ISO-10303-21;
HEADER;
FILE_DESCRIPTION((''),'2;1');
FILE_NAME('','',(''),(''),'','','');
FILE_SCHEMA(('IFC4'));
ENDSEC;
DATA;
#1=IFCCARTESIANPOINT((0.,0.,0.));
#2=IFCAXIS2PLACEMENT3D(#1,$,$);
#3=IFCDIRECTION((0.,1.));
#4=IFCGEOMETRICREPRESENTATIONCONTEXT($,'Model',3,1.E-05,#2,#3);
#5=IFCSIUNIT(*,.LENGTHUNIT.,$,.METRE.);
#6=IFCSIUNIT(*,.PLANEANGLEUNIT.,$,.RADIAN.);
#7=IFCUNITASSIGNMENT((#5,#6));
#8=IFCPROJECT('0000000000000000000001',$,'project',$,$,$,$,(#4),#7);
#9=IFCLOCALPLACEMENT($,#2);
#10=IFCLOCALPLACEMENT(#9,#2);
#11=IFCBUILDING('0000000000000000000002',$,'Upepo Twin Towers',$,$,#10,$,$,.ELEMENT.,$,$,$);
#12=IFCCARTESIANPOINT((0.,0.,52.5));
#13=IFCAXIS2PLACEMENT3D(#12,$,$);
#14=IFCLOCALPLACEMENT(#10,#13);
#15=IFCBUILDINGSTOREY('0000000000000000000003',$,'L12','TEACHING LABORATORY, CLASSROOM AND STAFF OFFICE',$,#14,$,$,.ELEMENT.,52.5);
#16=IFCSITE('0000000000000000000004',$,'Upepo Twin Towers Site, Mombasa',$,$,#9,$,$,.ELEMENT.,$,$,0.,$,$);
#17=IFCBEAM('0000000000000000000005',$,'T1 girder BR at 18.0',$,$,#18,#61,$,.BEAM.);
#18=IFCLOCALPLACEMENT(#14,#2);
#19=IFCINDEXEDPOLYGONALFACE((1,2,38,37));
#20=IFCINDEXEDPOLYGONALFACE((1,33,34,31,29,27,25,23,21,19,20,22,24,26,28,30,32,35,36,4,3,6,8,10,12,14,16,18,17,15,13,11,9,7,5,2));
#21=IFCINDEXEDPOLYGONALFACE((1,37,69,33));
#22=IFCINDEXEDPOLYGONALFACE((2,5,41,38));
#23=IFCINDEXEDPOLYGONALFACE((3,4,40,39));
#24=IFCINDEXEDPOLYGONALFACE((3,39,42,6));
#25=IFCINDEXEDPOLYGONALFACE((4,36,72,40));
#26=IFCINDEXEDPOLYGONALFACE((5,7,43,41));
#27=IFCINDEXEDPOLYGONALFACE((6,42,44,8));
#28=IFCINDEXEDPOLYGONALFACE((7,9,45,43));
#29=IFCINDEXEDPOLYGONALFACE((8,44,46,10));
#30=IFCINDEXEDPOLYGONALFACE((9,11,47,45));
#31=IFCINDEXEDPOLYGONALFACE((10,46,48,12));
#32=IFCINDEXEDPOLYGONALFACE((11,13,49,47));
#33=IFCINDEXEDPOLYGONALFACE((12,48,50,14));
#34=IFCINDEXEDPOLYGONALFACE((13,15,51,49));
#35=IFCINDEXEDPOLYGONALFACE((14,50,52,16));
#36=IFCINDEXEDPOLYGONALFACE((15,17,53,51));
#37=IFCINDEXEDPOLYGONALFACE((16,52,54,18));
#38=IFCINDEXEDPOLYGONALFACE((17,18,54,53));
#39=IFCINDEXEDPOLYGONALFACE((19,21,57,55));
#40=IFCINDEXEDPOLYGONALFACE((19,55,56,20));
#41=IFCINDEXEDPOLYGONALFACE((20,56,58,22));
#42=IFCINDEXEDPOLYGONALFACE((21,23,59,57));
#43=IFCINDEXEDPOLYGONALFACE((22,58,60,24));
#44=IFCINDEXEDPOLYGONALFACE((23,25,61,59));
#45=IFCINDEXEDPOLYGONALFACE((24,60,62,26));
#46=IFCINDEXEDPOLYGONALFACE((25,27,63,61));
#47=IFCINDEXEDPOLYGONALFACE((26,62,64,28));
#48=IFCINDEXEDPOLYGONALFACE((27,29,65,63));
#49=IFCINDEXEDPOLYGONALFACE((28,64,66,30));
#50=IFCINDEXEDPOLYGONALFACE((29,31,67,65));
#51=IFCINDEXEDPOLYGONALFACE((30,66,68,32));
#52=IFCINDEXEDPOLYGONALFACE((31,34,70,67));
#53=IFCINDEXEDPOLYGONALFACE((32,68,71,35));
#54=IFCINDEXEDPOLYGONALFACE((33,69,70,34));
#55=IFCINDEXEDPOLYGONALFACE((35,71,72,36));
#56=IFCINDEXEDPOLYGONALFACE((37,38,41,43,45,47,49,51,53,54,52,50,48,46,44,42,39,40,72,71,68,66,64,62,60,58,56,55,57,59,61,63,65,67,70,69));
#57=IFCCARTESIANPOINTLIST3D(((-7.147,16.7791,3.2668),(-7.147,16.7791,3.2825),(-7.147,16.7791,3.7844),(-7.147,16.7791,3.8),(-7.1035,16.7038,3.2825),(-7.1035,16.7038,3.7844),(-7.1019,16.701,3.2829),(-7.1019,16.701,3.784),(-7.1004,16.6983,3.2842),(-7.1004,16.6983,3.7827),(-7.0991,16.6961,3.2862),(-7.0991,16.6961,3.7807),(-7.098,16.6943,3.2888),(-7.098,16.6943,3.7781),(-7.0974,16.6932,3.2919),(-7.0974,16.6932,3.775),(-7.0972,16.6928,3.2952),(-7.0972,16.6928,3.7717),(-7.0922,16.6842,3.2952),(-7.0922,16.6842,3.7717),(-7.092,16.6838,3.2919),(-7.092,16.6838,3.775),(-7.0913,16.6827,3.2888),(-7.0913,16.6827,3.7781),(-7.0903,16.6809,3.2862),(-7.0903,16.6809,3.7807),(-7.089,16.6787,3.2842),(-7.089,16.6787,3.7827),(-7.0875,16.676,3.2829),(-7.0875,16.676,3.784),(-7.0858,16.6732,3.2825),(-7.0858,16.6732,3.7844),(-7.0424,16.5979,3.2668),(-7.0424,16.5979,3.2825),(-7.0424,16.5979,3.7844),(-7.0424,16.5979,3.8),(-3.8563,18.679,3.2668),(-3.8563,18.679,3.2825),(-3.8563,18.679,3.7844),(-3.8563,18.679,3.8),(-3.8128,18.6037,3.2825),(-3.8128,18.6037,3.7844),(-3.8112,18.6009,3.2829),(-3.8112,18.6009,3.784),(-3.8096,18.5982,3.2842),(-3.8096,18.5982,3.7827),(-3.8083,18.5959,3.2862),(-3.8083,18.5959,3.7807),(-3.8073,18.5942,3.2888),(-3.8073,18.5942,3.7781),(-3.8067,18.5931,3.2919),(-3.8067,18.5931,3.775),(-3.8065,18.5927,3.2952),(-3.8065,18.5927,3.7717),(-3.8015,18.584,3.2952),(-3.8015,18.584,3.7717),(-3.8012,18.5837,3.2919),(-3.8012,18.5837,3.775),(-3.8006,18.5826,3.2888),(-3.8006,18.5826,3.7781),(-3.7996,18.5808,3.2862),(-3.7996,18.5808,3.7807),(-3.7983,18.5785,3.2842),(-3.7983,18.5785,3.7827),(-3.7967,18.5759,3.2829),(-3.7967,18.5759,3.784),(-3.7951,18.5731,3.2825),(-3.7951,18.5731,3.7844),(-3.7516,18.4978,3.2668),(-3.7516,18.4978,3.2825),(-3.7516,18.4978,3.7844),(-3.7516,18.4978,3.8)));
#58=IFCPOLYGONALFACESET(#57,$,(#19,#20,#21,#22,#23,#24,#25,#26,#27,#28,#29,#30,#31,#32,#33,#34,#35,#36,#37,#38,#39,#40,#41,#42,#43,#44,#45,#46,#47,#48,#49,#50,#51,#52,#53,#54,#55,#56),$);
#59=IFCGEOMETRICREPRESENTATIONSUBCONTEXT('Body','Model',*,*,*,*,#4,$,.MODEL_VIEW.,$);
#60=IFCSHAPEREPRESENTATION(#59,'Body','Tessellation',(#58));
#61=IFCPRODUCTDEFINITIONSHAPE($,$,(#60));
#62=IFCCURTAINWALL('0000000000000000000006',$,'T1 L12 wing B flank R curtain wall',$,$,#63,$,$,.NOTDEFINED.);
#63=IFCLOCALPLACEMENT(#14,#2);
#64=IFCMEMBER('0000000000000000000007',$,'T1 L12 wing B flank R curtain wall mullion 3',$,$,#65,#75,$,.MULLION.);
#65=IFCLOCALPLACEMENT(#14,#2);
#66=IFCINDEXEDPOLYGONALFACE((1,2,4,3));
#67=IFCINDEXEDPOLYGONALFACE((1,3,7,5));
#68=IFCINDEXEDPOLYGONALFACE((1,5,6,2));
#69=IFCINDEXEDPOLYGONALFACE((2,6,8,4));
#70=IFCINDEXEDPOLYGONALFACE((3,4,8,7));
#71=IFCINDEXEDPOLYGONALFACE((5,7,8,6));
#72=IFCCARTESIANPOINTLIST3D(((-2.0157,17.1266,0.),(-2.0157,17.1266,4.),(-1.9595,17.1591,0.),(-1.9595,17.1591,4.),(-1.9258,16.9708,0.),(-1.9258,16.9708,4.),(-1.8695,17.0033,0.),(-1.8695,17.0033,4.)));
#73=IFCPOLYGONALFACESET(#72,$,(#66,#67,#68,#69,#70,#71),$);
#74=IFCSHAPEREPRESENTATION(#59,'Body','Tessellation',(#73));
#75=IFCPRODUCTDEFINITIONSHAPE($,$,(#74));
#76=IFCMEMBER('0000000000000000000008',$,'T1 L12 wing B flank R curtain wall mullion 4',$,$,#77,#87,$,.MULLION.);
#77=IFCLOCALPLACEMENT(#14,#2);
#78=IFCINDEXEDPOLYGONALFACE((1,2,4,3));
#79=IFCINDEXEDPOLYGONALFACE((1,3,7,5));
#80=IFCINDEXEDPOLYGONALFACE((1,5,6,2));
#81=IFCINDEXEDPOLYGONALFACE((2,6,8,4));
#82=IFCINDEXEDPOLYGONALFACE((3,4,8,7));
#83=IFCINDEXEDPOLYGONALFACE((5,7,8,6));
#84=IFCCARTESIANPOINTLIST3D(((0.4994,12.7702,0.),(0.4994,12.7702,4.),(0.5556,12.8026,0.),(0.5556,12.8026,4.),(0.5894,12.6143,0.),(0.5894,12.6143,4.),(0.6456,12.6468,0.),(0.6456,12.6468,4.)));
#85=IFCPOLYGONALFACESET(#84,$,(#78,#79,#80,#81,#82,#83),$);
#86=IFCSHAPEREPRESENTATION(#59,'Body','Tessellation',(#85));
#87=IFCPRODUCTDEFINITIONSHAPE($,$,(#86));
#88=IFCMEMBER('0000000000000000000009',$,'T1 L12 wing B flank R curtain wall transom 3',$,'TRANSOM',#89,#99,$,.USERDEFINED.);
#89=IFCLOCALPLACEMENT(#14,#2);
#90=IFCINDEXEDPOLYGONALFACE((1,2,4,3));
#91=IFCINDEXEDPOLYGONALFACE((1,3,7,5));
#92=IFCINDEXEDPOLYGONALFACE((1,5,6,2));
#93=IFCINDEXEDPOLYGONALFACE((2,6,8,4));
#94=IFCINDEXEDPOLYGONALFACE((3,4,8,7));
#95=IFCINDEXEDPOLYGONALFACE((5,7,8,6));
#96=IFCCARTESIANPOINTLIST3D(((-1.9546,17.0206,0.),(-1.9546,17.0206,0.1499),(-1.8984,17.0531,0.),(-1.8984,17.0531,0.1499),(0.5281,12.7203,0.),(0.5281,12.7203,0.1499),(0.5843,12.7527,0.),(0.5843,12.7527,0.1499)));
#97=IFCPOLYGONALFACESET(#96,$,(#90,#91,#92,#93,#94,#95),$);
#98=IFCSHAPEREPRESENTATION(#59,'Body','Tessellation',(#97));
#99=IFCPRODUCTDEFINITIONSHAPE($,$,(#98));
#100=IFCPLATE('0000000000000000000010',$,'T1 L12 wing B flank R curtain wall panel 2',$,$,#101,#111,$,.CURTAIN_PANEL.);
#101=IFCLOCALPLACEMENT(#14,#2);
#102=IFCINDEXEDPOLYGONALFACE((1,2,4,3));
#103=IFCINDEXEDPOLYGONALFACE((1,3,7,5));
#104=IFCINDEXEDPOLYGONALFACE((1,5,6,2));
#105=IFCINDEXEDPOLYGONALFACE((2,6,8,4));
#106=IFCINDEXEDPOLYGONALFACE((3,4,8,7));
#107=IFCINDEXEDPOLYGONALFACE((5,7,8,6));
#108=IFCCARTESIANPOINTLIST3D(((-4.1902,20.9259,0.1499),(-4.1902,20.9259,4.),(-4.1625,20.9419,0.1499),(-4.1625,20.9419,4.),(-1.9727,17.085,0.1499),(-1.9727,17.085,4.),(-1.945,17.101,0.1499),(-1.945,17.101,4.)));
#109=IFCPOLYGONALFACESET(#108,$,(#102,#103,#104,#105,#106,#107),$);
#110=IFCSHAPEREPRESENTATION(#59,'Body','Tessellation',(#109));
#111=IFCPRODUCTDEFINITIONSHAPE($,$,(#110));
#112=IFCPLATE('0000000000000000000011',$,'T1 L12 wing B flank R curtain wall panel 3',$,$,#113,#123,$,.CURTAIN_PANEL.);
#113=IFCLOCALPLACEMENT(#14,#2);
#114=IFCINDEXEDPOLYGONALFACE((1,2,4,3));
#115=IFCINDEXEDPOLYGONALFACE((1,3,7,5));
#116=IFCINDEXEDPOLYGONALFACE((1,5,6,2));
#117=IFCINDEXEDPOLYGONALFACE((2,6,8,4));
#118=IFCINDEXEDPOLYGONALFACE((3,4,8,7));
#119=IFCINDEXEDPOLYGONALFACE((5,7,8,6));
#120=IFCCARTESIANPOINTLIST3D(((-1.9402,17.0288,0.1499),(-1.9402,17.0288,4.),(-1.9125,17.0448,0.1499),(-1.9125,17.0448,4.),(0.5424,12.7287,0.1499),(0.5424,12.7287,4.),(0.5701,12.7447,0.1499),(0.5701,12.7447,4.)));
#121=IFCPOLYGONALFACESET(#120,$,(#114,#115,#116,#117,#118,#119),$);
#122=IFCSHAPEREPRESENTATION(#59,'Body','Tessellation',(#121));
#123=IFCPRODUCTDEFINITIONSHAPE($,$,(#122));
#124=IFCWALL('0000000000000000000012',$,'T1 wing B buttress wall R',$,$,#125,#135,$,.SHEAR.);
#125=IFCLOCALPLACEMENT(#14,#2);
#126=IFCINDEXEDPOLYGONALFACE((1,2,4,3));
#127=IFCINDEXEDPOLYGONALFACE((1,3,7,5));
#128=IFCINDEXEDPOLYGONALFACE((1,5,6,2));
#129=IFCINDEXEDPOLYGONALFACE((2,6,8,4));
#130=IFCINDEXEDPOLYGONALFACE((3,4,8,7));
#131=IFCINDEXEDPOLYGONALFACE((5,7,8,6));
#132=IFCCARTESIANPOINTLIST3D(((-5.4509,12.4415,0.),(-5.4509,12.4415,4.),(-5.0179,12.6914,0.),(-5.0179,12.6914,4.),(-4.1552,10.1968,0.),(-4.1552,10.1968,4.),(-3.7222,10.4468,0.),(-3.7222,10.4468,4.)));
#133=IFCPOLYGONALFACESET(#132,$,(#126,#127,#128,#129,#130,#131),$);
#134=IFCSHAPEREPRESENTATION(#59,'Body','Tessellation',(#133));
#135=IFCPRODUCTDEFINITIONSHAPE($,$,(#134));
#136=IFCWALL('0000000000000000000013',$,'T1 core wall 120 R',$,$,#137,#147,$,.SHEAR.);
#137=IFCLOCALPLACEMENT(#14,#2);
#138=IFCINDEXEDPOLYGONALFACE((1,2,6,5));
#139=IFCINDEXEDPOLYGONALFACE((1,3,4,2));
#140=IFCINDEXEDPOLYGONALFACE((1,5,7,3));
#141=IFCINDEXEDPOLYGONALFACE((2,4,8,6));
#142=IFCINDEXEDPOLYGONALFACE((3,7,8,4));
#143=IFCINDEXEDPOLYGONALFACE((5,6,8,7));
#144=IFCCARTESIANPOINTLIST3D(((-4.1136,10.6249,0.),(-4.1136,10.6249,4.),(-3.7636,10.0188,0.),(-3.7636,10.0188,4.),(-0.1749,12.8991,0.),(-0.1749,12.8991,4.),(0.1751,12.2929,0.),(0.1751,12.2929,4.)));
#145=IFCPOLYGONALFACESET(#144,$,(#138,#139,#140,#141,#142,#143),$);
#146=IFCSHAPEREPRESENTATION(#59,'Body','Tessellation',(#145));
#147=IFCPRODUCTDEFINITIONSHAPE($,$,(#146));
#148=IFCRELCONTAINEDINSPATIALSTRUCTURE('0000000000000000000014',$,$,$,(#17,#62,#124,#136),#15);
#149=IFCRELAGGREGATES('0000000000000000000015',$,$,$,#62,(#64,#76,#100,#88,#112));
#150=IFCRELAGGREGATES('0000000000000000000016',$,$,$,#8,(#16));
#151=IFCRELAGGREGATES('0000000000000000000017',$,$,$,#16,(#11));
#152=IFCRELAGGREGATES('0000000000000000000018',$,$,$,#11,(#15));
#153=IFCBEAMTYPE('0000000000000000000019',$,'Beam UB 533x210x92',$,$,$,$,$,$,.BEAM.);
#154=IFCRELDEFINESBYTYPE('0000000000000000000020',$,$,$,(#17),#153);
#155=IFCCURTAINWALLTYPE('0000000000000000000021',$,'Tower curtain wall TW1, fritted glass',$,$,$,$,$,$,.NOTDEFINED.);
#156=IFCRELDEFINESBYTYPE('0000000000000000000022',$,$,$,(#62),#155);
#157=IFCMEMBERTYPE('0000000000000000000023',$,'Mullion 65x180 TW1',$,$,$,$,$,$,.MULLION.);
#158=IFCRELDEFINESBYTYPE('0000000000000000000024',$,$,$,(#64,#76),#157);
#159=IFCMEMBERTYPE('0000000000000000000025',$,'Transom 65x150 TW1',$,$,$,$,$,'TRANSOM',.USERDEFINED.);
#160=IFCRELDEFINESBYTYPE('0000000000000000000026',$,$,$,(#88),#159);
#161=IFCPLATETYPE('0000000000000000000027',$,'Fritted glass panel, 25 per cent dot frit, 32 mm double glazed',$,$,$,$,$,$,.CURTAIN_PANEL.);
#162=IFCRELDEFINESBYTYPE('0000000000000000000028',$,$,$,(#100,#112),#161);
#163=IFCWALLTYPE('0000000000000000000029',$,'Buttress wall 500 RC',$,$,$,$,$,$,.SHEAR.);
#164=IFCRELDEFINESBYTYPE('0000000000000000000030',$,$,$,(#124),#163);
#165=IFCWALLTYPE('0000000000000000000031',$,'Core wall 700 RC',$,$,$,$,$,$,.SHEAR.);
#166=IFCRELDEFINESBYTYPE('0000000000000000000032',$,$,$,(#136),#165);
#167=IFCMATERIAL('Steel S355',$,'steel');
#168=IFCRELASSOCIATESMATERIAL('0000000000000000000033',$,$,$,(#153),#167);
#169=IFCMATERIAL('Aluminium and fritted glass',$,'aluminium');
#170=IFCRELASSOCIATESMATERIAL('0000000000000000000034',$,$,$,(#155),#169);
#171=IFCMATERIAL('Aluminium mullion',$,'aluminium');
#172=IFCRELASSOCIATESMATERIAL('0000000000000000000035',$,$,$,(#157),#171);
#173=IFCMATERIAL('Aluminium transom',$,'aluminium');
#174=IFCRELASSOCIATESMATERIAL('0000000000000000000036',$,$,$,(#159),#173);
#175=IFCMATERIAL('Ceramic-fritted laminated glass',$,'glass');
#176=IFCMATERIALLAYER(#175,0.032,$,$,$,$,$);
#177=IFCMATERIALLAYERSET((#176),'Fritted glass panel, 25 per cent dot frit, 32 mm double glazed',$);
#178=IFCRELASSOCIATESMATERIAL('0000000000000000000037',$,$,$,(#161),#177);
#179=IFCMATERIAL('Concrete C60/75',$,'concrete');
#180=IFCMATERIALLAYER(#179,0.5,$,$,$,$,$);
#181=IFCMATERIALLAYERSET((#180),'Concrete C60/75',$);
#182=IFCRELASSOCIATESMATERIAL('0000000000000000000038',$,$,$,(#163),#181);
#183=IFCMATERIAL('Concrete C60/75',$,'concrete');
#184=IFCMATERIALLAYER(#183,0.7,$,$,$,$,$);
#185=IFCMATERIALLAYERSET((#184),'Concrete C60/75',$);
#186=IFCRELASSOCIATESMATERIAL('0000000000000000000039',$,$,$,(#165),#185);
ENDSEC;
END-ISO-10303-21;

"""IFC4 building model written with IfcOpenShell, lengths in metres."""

from ifc_helpers import new_model, si_unit, direction, frame, frame_2d, origin, origin_2d, place, context, subcontext, project, spatial, rectangle, i_section, extrude, material, layer, layer_set, material_profile, profile_set, type_object, element, aggregate, save


model = new_model("IFC4")

# Units and contexts
model_context = context("Model", 3, precision=1e-05, world=origin(), true_north=direction((0.0, 1.0)))
body_context = subcontext(model_context, "Body", "Model", "MODEL_VIEW")
ifc_project = project(units=[si_unit("LENGTHUNIT", "METRE"), si_unit("PLANEANGLEUNIT", "RADIAN")], contexts=[model_context])

# Site, building, storey
site_placement = place(None, origin())
site = spatial("IfcSite", under=ifc_project, at=site_placement, Name="Upepo Twin Towers Site, Mombasa", CompositionType="ELEMENT", RefElevation=0.0)
building_placement = place(site_placement, origin())
building = spatial("IfcBuilding", under=site, at=building_placement, Name="Upepo Twin Towers", CompositionType="ELEMENT")
storey_placement = place(building_placement, frame((0.0, 0.0, 52.5)))
storey = spatial("IfcBuildingStorey", under=building, at=storey_placement, Name="L12", Description="TEACHING LABORATORY, CLASSROOM AND STAFF OFFICE", CompositionType="ELEMENT", Elevation=52.5)

# Beam
ifc_material_1 = material(Name="Steel S355", Category="steel")
ifc_material_profile_1 = material_profile(ifc_material_1, i_section(OverallWidth=0.2092, OverallDepth=0.5332, WebThickness=0.01, FlangeThickness=0.0156, FilletRadius=0.0127, at=origin_2d()), Name="UB 533x210x92")
ifc_profile_set_1 = profile_set([ifc_material_profile_1], Name="Steel S355")
beam_type_1 = type_object("IfcBeamType", Name="Beam UB 533x210x92", PredefinedType="BEAM", material=ifc_profile_set_1)
beam_1_placement = place(storey_placement, frame((-3.804, 18.5884, 3.5334), z_axis=(-0.866028, -0.499995, 0.0), x_axis=(0.499995, -0.866028, 0.0)))
element("IfcBeam", 1, at=beam_1_placement, inside=storey, type_object=beam_type_1, Name="T1 girder BR at 18.0", PredefinedType="BEAM", context=body_context, shape_type="SweptSolid", body=[
    extrude(i_section(OverallWidth=0.2092, OverallDepth=0.5332, WebThickness=0.01, FlangeThickness=0.0156, FilletRadius=0.0127, at=origin_2d()), origin(), (0.0, 0.0, 1.0), 3.7998),
])

# Curtain wall, members, plates
ifc_material_2 = material(Name="Aluminium and fritted glass", Category="aluminium")
curtain_wall_type = type_object("IfcCurtainWallType", Name="Tower curtain wall TW1, fritted glass", PredefinedType="NOTDEFINED", material=ifc_material_2)
curtain_wall_placement = place(storey_placement, origin())
curtain_wall = element("IfcCurtainWall", 2, at=curtain_wall_placement, inside=storey, type_object=curtain_wall_type, Name="T1 L12 wing B flank R curtain wall", PredefinedType="NOTDEFINED")
ifc_material_3 = material(Name="Aluminium mullion", Category="aluminium")
ifc_material_profile_2 = material_profile(ifc_material_3, rectangle(XDim=0.0649, YDim=0.1799, at=origin_2d()), Name="MULLION 65x180")
ifc_profile_set_2 = profile_set([ifc_material_profile_2], Name="Aluminium mullion")
member_type_1 = type_object("IfcMemberType", Name="Mullion 65x180 TW1", PredefinedType="MULLION", material=ifc_profile_set_2)
member_1_placement = place(storey_placement, frame((-1.9426, 17.0649, 0.0), z_axis=(0.0, 0.0, 1.0), x_axis=(0.866025, 0.5, 0.0)))
member_1 = element("IfcMember", 3, at=member_1_placement, type_object=member_type_1, Name="T1 L12 wing B flank R curtain wall mullion 3", PredefinedType="MULLION", context=body_context, shape_type="SweptSolid", body=[
    extrude(rectangle(XDim=0.0649, YDim=0.1799, at=origin_2d()), origin(), (0.0, 0.0, 1.0), 4.0),
])
member_2_placement = place(storey_placement, frame((0.5725, 12.7085, 0.0), z_axis=(0.0, 0.0, 1.0), x_axis=(0.866025, 0.5, 0.0)))
member_2 = element("IfcMember", 4, at=member_2_placement, type_object=member_type_1, Name="T1 L12 wing B flank R curtain wall mullion 4", PredefinedType="MULLION", context=body_context, shape_type="SweptSolid", body=[
    extrude(rectangle(XDim=0.0649, YDim=0.1799, at=origin_2d()), origin(), (0.0, 0.0, 1.0), 4.0),
])
ifc_material_4 = material(Name="Aluminium transom", Category="aluminium")
ifc_material_profile_3 = material_profile(ifc_material_4, rectangle(XDim=0.0649, YDim=0.1499, at=origin_2d()), Name="TRANSOM 65x150")
ifc_profile_set_3 = profile_set([ifc_material_profile_3], Name="Aluminium transom")
member_type_2 = type_object("IfcMemberType", Name="Transom 65x150 TW1", ElementType="TRANSOM", PredefinedType="USERDEFINED", material=ifc_profile_set_3)
member_3_placement = place(storey_placement, frame((-1.9265, 17.0369, 0.075), z_axis=(0.499983, -0.866035, 0.0), x_axis=(0.866035, 0.499983, 0.0)))
member_3 = element("IfcMember", 5, at=member_3_placement, type_object=member_type_2, Name="T1 L12 wing B flank R curtain wall transom 3", ObjectType="TRANSOM", PredefinedType="USERDEFINED", context=body_context, shape_type="SweptSolid", body=[
    extrude(rectangle(XDim=0.0649, YDim=0.1499, at=origin_2d()), origin(), (0.0, 0.0, 1.0), 4.9656),
])
ifc_material_5 = material(Name="Ceramic-fritted laminated glass", Category="glass")
ifc_layer_1 = layer(ifc_material_5, 0.032)
ifc_layer_set_1 = layer_set([ifc_layer_1], Name="Fritted glass panel, 25 per cent dot frit, 32 mm double glazed")
plate_type = type_object("IfcPlateType", Name="Fritted glass panel, 25 per cent dot frit, 32 mm double glazed", PredefinedType="CURTAIN_PANEL", material=ifc_layer_set_1)
plate_1_placement = place(storey_placement, frame((-3.0676, 19.0134, 0.1499), z_axis=(0.0, 0.0, 1.0), x_axis=(0.5, -0.866025, 0.0)))
plate_1 = element("IfcPlate", 6, at=plate_1_placement, type_object=plate_type, Name="T1 L12 wing B flank R curtain wall panel 2", PredefinedType="CURTAIN_PANEL", context=body_context, shape_type="SweptSolid", body=[
    extrude(rectangle(XDim=4.4351, YDim=0.032, at=origin_2d()), origin(), (0.0, 0.0, 1.0), 3.8501),
])
plate_2_placement = place(storey_placement, frame((-0.6851, 14.8867, 0.1499), z_axis=(0.0, 0.0, 1.0), x_axis=(0.5, -0.866025, 0.0)))
plate_2 = element("IfcPlate", 7, at=plate_2_placement, type_object=plate_type, Name="T1 L12 wing B flank R curtain wall panel 3", PredefinedType="CURTAIN_PANEL", context=body_context, shape_type="SweptSolid", body=[
    extrude(rectangle(XDim=4.9653, YDim=0.032, at=origin_2d()), origin(), (0.0, 0.0, 1.0), 3.8501),
])
aggregate(curtain_wall, [member_1, member_2, plate_1, member_3, plate_2])

# Walls
ifc_material_6 = material(Name="Concrete C60/75", Category="concrete")
ifc_layer_2 = layer(ifc_material_6, 0.5)
ifc_layer_set_2 = layer_set([ifc_layer_2], Name="Concrete C60/75")
wall_type_1 = type_object("IfcWallType", Name="Buttress wall 500 RC", PredefinedType="SHEAR", material=ifc_layer_set_2)
wall_1_placement = place(storey_placement, frame((-3.9387, 10.3218, 0.0), z_axis=(0.0, 0.0, 1.0), x_axis=(-0.499918, 0.866073, 0.0)))
element("IfcWall", 8, at=wall_1_placement, inside=storey, type_object=wall_type_1, Name="T1 wing B buttress wall R", PredefinedType="SHEAR", context=body_context, shape_type="SweptSolid", body=[
    extrude(rectangle(XDim=2.5918, YDim=0.5, at=frame_2d((1.2959, 0.0))), origin(), (0.0, 0.0, 1.0), 4.0),
])
ifc_material_7 = material(Name="Concrete C60/75", Category="concrete")
ifc_layer_3 = layer(ifc_material_7, 0.7)
ifc_layer_set_3 = layer_set([ifc_layer_3], Name="Concrete C60/75")
wall_type_2 = type_object("IfcWallType", Name="Core wall 700 RC", PredefinedType="SHEAR", material=ifc_layer_set_3)
wall_2_placement = place(storey_placement, frame((0.0, 12.5959, 0.0), z_axis=(0.0, 0.0, 1.0), x_axis=(-0.866011, -0.500024, 0.0)))
element("IfcWall", 9, at=wall_2_placement, inside=storey, type_object=wall_type_2, Name="T1 core wall 120 R", PredefinedType="SHEAR", context=body_context, shape_type="SweptSolid", body=[
    extrude(rectangle(XDim=4.5481, YDim=0.7, at=frame_2d((2.2739, 0.0))), origin(), (0.0, 0.0, 1.0), 4.0),
])

save(model, "model.ifc")
